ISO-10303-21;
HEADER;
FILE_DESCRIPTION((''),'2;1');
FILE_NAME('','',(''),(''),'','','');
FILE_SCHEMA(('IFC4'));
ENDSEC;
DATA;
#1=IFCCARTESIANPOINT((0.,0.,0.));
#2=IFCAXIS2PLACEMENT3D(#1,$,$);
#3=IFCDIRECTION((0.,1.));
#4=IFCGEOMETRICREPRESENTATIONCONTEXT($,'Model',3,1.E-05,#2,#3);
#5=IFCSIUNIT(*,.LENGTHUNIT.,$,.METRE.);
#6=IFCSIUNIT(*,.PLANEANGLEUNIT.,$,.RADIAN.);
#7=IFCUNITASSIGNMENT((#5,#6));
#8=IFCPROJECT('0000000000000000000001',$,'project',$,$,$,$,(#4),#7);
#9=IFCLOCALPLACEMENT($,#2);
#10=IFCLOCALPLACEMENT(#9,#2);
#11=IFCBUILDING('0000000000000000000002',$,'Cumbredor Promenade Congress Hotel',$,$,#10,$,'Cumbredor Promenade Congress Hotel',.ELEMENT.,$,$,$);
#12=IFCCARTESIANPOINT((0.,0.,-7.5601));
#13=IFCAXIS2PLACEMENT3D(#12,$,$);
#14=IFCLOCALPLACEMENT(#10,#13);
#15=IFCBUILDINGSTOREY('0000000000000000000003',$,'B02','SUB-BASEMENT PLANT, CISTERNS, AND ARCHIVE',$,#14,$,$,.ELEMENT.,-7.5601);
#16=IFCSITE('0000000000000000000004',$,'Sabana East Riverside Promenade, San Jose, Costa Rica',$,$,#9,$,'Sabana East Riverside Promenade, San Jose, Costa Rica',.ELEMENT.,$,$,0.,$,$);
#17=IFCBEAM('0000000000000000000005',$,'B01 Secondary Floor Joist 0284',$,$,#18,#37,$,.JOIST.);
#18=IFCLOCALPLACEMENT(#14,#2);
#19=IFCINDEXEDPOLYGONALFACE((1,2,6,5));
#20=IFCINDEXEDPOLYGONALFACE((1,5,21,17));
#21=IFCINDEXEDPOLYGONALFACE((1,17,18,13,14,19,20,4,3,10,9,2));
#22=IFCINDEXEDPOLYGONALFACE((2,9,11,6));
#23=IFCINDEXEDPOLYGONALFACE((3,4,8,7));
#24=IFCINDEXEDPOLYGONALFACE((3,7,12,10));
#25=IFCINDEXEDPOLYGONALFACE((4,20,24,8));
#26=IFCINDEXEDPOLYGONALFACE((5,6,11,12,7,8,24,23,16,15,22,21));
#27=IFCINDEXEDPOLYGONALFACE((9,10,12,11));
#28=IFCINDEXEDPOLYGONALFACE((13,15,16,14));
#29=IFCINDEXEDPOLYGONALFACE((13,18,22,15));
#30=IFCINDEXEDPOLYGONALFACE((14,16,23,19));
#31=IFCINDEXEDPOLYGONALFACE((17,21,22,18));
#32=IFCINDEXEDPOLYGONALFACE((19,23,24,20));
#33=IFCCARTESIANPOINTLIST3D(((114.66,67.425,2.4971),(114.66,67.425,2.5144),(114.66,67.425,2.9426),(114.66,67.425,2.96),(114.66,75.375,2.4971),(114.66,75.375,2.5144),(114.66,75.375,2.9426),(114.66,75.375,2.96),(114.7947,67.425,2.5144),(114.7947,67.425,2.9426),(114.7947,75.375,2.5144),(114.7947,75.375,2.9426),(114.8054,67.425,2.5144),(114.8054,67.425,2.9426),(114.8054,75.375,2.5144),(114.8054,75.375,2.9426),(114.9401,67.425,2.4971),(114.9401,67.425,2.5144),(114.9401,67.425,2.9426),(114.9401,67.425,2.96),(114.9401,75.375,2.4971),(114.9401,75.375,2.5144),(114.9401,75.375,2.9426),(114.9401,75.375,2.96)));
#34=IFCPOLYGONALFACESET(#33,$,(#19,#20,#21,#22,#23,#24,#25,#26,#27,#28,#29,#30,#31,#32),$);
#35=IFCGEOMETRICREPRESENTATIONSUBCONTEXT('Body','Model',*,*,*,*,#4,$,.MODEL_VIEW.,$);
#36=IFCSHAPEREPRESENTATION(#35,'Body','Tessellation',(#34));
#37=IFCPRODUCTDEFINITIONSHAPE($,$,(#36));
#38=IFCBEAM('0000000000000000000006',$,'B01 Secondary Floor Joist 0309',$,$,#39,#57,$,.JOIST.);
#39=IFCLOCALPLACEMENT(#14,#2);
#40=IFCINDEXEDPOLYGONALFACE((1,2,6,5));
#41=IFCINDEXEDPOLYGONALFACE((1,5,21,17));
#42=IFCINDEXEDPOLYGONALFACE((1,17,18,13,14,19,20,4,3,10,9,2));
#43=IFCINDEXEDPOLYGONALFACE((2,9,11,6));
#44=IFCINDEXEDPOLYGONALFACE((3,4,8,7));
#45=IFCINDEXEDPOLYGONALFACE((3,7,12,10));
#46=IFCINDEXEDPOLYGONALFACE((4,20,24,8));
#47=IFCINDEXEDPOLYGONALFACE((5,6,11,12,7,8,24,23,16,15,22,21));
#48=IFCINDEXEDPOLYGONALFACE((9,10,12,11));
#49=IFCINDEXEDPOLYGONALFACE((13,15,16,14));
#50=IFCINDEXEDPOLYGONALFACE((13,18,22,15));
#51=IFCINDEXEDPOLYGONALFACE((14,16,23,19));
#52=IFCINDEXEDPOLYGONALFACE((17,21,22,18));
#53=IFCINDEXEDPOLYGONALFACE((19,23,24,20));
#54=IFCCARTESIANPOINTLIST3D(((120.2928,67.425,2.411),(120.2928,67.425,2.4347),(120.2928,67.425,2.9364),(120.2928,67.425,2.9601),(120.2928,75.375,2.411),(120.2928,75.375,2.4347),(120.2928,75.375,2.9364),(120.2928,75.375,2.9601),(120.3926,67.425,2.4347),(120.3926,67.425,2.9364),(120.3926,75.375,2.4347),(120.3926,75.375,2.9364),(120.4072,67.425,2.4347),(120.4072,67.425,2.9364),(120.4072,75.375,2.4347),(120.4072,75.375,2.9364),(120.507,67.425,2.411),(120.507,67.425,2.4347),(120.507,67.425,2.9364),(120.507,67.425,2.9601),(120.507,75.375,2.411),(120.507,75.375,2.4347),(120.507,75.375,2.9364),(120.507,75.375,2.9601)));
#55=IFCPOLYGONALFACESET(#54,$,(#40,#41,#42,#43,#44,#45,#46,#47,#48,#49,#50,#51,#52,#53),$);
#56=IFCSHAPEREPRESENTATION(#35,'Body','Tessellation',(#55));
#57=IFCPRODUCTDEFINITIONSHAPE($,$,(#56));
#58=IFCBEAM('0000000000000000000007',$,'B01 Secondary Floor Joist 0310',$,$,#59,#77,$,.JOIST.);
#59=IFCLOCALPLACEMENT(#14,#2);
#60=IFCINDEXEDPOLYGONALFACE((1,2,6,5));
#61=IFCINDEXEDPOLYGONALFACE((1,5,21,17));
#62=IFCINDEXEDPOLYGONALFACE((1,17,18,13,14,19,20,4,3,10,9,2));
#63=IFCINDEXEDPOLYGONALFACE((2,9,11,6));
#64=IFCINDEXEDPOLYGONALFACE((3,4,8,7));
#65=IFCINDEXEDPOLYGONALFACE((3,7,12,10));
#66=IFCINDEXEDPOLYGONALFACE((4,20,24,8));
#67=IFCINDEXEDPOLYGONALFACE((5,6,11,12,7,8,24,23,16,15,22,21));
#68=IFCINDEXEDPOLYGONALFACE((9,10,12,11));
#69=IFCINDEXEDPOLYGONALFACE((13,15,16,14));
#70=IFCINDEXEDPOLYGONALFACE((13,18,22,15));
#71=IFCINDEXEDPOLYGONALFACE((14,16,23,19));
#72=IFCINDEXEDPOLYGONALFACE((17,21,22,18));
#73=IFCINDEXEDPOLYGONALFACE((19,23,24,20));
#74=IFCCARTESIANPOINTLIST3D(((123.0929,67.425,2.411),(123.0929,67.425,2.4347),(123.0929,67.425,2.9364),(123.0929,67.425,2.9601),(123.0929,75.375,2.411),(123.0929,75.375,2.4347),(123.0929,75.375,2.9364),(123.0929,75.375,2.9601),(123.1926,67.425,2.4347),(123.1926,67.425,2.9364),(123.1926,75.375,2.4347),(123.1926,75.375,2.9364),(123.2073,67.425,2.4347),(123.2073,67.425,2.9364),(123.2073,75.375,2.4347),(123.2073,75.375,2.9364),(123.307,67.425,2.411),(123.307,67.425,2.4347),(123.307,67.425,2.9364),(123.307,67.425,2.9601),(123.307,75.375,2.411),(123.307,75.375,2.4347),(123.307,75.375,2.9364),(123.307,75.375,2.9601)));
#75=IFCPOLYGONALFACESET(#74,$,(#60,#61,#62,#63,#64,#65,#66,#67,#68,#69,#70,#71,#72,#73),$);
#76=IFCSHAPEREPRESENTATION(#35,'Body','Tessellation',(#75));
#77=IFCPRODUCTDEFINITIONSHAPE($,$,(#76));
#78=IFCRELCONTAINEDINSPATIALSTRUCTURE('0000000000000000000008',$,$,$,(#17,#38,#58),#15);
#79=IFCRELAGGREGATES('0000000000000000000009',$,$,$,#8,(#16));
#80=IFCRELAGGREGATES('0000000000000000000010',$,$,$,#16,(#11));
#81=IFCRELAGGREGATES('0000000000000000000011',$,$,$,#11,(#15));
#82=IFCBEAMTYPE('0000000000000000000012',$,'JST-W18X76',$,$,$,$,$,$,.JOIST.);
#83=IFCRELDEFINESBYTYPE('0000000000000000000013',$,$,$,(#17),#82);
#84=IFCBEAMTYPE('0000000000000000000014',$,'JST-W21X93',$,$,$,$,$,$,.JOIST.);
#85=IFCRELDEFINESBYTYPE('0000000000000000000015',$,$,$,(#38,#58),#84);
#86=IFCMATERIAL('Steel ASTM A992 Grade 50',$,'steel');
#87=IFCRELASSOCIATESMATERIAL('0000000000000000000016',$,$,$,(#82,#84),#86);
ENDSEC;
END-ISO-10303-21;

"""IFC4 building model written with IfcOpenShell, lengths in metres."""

from ifc_helpers import new_model, si_unit, direction, frame, origin, origin_2d, place, context, subcontext, project, spatial, i_section, extrude, material, material_profile, profile_set, type_object, element, save


model = new_model("IFC4")

# Units and contexts
model_context = context("Model", 3, precision=1e-05, world=origin(), true_north=direction((0.0, 1.0)))
body_context = subcontext(model_context, "Body", "Model", "MODEL_VIEW")
ifc_project = project(units=[si_unit("LENGTHUNIT", "METRE"), si_unit("PLANEANGLEUNIT", "RADIAN")], contexts=[model_context])

# Site, building, storey
site_placement = place(None, origin())
site = spatial("IfcSite", under=ifc_project, at=site_placement, Name="Sabana East Riverside Promenade, San Jose, Costa Rica", LongName="Sabana East Riverside Promenade, San Jose, Costa Rica", CompositionType="ELEMENT", RefElevation=0.0)
building_placement = place(site_placement, origin())
building = spatial("IfcBuilding", under=site, at=building_placement, Name="Cumbredor Promenade Congress Hotel", LongName="Cumbredor Promenade Congress Hotel", CompositionType="ELEMENT")
storey_placement = place(building_placement, frame((0.0, 0.0, -7.5601)))
storey = spatial("IfcBuildingStorey", under=building, at=storey_placement, Name="B02", Description="SUB-BASEMENT PLANT, CISTERNS, AND ARCHIVE", CompositionType="ELEMENT", Elevation=-7.5601)

# Beams
ifc_material_1 = material(Name="Steel ASTM A992 Grade 50", Category="steel")
ifc_material_profile_1 = material_profile(ifc_material_1, i_section(OverallWidth=0.28, OverallDepth=0.4629, WebThickness=0.0107, FlangeThickness=0.0173, at=origin_2d()), Name="W18X76")
ifc_profile_set_1 = profile_set([ifc_material_profile_1], Name="Steel ASTM A992 Grade 50")
beam_type_1 = type_object("IfcBeamType", Name="JST-W18X76", PredefinedType="JOIST", material=ifc_profile_set_1)
for number, where, z_axis, x_axis, name in (
    (1, (114.8, 67.425, 2.7285), (0.0, 1.0, 0.0), (-1.0, 0.0, 0.0), "B01 Secondary Floor Joist 0284"),
):
    element("IfcBeam", number, at=place(storey_placement, frame(where, z_axis=z_axis, x_axis=x_axis)), inside=storey, type_object=beam_type_1, Name=name, PredefinedType="JOIST", context=body_context, shape_type="SweptSolid", body=[
        extrude(i_section(OverallWidth=0.28, OverallDepth=0.4629, WebThickness=0.0107, FlangeThickness=0.0173, at=origin_2d()), origin(), (0.0, 0.0, 1.0), 7.95),
    ])
ifc_material_profile_2 = material_profile(ifc_material_1, i_section(OverallWidth=0.2141, OverallDepth=0.5491, WebThickness=0.0146, FlangeThickness=0.0237, at=origin_2d()), Name="W21X93")
ifc_profile_set_2 = profile_set([ifc_material_profile_2], Name="Steel ASTM A992 Grade 50")
beam_type_2 = type_object("IfcBeamType", Name="JST-W21X93", PredefinedType="JOIST", material=ifc_profile_set_2)
for number, where, z_axis, x_axis, name in (
    (2, (120.3999, 67.425, 2.6855), (0.0, 1.0, 0.0), (-1.0, 0.0, 0.0), "B01 Secondary Floor Joist 0309"),
    (3, (123.2, 67.425, 2.6855), (0.0, 1.0, 0.0), (-1.0, 0.0, 0.0), "B01 Secondary Floor Joist 0310"),
):
    element("IfcBeam", number, at=place(storey_placement, frame(where, z_axis=z_axis, x_axis=x_axis)), inside=storey, type_object=beam_type_2, Name=name, PredefinedType="JOIST", context=body_context, shape_type="SweptSolid", body=[
        extrude(i_section(OverallWidth=0.2141, OverallDepth=0.5491, WebThickness=0.0146, FlangeThickness=0.0237, at=origin_2d()), origin(), (0.0, 0.0, 1.0), 7.95),
    ])

save(model, "model.ifc")
